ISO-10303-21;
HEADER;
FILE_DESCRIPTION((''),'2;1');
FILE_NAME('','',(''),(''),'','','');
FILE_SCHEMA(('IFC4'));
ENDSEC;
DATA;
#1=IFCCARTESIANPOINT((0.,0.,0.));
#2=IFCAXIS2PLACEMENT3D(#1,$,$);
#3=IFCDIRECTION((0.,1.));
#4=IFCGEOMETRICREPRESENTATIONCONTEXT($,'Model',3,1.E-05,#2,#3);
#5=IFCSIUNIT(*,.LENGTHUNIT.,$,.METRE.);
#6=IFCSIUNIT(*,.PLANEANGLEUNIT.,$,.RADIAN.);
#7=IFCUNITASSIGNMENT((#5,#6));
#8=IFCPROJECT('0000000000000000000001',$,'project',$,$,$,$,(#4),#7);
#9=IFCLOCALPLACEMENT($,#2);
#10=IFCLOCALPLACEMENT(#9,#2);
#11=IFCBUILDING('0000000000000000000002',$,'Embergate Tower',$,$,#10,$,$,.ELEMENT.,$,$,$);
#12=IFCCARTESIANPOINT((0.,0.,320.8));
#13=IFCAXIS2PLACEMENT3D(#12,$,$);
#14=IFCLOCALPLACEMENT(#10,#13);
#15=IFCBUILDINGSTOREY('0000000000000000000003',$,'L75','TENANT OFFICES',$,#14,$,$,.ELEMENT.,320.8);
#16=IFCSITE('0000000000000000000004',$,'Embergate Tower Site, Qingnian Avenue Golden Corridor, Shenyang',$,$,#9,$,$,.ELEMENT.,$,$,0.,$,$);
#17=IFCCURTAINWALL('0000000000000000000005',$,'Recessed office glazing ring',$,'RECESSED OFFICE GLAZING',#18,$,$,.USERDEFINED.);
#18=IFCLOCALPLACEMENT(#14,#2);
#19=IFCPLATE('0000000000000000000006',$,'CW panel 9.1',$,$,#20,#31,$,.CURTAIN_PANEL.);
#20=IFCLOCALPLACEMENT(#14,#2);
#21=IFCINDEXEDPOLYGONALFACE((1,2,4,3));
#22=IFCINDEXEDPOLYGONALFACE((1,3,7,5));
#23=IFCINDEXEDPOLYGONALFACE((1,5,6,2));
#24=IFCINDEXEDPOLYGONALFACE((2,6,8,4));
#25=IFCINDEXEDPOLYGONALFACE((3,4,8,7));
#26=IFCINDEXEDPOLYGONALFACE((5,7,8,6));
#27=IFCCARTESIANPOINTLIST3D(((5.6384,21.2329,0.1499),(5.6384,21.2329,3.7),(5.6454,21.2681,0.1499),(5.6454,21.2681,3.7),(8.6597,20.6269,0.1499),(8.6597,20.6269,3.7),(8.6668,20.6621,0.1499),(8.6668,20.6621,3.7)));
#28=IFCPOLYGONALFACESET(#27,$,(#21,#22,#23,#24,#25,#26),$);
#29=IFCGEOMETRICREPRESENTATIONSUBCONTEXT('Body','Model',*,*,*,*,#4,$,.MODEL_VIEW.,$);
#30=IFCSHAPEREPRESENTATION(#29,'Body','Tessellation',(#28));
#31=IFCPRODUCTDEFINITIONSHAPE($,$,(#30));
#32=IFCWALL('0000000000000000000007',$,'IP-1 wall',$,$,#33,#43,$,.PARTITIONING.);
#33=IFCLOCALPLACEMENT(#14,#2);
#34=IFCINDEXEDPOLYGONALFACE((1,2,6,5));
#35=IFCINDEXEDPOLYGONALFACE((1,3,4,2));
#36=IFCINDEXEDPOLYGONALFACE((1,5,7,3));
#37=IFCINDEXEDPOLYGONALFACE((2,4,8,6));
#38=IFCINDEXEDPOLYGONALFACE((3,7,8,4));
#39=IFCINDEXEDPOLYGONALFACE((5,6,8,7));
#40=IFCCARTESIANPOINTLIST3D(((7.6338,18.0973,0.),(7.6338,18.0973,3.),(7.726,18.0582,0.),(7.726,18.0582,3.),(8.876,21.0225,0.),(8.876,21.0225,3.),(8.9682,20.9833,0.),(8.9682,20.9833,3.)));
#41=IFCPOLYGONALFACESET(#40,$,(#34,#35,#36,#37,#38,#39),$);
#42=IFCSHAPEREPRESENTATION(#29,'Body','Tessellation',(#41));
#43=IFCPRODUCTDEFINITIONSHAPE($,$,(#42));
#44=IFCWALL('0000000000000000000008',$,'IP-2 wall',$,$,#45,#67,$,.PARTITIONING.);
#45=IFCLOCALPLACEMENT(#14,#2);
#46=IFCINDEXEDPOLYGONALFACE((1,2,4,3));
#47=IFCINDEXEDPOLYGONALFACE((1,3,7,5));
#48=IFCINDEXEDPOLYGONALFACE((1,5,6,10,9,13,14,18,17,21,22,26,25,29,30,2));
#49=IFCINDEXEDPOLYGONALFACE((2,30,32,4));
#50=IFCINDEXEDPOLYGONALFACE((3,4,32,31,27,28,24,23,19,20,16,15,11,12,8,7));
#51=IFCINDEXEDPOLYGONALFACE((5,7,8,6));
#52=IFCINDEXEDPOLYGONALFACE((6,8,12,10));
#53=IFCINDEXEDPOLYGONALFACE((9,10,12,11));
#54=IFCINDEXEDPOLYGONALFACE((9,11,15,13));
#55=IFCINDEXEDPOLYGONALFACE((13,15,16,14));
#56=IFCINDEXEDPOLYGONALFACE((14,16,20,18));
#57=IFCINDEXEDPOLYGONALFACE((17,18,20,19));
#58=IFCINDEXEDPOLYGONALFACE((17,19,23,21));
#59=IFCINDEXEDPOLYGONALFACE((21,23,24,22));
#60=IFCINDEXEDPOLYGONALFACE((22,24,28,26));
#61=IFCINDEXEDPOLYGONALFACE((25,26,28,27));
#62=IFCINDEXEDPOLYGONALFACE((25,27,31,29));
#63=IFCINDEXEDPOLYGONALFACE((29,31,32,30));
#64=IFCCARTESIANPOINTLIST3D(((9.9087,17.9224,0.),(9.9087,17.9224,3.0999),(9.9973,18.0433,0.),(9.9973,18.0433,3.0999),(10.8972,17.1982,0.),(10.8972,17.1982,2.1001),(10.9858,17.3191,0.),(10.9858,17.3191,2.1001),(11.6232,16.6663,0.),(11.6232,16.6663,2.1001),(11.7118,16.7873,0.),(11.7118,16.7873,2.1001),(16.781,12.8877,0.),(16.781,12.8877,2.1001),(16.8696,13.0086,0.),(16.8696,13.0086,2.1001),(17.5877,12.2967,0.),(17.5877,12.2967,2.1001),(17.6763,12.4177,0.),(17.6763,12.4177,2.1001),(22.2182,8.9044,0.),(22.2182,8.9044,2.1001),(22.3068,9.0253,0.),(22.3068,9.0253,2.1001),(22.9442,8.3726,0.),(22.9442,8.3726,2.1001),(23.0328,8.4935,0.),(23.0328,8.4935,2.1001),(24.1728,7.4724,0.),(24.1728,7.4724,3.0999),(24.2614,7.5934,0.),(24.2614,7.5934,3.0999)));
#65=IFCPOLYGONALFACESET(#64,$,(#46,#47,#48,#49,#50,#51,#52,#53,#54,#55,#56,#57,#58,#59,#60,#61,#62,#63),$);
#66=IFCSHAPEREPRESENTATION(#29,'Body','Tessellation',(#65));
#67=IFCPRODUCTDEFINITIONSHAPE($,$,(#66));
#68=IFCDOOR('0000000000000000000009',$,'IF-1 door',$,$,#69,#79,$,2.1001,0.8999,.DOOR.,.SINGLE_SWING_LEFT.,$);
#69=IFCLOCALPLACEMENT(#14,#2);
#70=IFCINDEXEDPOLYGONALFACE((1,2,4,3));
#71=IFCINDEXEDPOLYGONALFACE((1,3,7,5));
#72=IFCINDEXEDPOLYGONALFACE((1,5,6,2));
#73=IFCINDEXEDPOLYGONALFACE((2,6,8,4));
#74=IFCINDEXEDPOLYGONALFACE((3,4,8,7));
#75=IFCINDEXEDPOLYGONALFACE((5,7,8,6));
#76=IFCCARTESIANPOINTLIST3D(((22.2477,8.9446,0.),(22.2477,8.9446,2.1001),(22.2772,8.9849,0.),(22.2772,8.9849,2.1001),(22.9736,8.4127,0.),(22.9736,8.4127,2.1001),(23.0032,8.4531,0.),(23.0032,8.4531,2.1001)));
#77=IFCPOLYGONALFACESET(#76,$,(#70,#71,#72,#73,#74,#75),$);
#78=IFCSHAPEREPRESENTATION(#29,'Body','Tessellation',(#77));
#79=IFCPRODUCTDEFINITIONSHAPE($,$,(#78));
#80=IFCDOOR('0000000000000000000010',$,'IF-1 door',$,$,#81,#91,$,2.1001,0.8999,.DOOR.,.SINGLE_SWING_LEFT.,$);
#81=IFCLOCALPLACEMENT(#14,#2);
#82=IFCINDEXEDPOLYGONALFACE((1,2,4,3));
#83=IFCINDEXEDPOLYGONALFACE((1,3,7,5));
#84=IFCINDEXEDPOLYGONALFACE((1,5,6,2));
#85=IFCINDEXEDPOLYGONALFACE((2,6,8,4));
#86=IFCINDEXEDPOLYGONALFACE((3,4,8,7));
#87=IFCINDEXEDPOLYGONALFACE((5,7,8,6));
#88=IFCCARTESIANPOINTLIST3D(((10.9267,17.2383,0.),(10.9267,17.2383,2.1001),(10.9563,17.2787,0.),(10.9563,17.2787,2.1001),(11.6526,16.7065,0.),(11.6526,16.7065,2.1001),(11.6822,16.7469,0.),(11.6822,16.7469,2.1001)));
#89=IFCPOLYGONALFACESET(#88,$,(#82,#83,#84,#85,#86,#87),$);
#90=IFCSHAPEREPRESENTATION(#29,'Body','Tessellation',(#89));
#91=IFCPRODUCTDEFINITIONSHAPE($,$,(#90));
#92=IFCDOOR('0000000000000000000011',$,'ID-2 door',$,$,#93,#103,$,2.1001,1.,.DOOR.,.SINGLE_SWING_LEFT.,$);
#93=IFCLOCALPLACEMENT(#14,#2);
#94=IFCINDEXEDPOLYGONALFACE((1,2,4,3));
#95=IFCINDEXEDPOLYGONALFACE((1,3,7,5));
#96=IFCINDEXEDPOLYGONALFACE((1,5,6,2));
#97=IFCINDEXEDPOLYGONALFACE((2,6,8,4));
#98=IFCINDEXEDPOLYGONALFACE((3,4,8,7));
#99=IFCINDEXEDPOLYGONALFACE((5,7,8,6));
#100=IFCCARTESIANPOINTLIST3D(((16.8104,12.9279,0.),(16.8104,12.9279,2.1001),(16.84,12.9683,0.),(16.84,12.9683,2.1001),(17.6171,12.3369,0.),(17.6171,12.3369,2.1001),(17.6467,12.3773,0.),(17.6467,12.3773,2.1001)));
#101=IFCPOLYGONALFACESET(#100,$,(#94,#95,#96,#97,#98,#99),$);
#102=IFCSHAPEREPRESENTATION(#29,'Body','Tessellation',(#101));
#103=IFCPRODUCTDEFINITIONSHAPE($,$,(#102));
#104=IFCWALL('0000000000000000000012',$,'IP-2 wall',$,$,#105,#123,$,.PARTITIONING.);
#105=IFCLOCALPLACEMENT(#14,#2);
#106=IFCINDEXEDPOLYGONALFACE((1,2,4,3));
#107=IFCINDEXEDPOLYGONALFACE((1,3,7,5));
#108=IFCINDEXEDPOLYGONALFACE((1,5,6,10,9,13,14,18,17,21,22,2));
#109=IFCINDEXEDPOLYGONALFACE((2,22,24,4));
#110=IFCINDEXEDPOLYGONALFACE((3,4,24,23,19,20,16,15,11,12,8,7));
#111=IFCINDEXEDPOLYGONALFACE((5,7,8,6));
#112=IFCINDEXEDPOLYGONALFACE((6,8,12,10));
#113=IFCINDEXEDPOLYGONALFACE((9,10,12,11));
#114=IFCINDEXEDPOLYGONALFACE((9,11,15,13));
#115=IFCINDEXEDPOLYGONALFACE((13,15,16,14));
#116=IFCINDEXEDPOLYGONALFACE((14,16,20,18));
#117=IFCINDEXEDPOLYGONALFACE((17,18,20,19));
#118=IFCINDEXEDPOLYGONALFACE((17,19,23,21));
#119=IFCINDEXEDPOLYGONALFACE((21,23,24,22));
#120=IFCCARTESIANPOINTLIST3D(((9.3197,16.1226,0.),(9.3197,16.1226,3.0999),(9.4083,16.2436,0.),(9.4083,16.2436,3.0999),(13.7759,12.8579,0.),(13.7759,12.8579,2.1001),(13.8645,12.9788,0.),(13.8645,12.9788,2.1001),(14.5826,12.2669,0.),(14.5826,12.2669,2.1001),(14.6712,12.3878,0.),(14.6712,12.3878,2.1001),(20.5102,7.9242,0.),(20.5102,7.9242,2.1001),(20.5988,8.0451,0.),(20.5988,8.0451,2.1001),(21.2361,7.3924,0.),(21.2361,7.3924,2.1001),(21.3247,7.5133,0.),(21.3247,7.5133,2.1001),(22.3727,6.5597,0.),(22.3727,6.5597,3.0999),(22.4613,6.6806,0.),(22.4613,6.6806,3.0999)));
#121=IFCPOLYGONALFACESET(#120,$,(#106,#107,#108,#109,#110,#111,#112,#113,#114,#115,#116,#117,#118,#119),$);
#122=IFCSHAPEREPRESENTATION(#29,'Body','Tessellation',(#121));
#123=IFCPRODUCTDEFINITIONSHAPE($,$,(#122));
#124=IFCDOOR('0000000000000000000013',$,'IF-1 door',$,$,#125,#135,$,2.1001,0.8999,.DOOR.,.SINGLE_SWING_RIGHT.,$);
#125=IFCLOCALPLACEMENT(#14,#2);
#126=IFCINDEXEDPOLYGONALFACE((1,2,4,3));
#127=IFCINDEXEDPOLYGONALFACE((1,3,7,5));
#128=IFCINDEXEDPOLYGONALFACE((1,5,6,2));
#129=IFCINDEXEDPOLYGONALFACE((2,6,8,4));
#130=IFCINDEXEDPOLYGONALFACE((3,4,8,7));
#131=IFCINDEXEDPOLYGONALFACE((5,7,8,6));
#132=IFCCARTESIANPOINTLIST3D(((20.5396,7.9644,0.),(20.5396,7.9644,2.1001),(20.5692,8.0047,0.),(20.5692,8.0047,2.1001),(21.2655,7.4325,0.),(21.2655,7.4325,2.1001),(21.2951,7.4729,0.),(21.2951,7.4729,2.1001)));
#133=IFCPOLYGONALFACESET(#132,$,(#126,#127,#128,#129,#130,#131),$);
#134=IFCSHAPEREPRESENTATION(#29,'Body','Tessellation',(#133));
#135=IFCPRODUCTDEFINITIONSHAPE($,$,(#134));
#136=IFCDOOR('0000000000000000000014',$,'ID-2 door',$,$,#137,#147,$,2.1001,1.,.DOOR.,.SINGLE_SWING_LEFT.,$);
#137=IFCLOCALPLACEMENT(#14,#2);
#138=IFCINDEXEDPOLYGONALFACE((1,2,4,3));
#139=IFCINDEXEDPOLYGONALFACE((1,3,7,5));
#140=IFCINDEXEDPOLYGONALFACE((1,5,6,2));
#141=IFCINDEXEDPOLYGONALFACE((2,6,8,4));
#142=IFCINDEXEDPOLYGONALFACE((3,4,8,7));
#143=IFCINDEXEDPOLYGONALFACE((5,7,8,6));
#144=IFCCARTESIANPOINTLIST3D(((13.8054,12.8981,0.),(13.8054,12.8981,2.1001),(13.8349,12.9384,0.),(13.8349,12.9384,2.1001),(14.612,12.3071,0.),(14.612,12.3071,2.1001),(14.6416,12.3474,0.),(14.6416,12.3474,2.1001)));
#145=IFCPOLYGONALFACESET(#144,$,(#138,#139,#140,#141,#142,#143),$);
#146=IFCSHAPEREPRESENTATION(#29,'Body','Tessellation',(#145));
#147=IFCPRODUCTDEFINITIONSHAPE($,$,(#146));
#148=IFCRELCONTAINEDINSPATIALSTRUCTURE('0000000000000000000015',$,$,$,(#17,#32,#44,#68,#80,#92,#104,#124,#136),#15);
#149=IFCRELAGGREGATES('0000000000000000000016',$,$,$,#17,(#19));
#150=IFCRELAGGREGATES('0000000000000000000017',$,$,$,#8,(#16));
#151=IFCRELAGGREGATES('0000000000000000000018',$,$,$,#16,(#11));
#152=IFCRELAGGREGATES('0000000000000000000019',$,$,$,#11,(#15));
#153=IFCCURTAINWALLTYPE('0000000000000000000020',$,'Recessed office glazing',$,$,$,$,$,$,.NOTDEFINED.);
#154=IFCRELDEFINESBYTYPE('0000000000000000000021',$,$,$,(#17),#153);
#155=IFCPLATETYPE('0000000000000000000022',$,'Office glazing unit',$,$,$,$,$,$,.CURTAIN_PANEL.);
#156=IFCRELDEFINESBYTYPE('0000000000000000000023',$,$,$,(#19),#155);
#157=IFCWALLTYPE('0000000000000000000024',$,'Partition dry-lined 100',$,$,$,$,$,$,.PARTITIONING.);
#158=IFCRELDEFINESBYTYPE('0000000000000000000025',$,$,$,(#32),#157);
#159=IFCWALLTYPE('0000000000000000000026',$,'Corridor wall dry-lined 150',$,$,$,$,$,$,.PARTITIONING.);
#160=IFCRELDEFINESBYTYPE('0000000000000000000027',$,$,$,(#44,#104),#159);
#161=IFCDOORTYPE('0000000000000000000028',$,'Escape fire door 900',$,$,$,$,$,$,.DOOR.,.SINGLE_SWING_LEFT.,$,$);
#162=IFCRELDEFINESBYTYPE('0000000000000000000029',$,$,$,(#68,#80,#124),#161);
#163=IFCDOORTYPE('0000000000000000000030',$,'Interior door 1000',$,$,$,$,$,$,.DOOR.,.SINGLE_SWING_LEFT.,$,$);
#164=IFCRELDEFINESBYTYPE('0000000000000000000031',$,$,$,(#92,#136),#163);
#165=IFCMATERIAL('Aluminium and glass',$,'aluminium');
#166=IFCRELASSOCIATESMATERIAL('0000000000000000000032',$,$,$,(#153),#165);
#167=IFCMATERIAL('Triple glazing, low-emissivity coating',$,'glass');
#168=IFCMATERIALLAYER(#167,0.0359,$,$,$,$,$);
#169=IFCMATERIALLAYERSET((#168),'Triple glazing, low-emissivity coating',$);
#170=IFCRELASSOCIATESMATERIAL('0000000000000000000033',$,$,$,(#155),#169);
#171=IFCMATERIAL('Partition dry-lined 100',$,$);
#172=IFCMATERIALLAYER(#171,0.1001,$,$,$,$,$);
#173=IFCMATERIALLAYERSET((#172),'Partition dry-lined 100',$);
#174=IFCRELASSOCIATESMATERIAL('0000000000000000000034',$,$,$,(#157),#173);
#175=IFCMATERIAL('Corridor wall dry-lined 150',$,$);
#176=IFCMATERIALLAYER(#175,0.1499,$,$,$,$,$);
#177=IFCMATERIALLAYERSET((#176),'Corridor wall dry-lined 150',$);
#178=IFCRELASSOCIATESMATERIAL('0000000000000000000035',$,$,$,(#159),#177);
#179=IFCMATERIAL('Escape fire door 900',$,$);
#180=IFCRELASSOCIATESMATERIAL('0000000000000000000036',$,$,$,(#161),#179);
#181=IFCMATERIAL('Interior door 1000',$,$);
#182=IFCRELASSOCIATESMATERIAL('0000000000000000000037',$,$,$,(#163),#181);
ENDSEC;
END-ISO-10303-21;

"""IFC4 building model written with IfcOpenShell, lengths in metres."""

from ifc_helpers import new_model, si_unit, direction, frame, frame_2d, origin, origin_2d, place, context, subcontext, project, spatial, rectangle, extrude, source, transform, mapped, material, layer, layer_set, type_object, element, fill, aggregate, save


model = new_model("IFC4")

# Units and contexts
model_context = context("Model", 3, precision=1e-05, world=origin(), true_north=direction((0.0, 1.0)))
body_context = subcontext(model_context, "Body", "Model", "MODEL_VIEW")
ifc_project = project(units=[si_unit("LENGTHUNIT", "METRE"), si_unit("PLANEANGLEUNIT", "RADIAN")], contexts=[model_context])

# Site, building, storey
site_placement = place(None, origin())
site = spatial("IfcSite", under=ifc_project, at=site_placement, Name="Embergate Tower Site, Qingnian Avenue Golden Corridor, Shenyang", CompositionType="ELEMENT", RefElevation=0.0)
building_placement = place(site_placement, origin())
building = spatial("IfcBuilding", under=site, at=building_placement, Name="Embergate Tower", CompositionType="ELEMENT")
storey_placement = place(building_placement, frame((0.0, 0.0, 320.8)))
storey = spatial("IfcBuildingStorey", under=building, at=storey_placement, Name="L75", Description="TENANT OFFICES", CompositionType="ELEMENT", Elevation=320.8)

# Curtain wall, plate
ifc_material_1 = material(Name="Aluminium and glass", Category="aluminium")
curtain_wall_type = type_object("IfcCurtainWallType", Name="Recessed office glazing", PredefinedType="NOTDEFINED", material=ifc_material_1)
curtain_wall_placement = place(storey_placement, origin())
curtain_wall = element("IfcCurtainWall", 1, at=curtain_wall_placement, inside=storey, type_object=curtain_wall_type, Name="Recessed office glazing ring", ObjectType="RECESSED OFFICE GLAZING", PredefinedType="USERDEFINED")
ifc_material_2 = material(Name="Triple glazing, low-emissivity coating", Category="glass")
ifc_layer_1 = layer(ifc_material_2, 0.0359)
ifc_layer_set_1 = layer_set([ifc_layer_1], Name="Triple glazing, low-emissivity coating")
plate_type = type_object("IfcPlateType", Name="Office glazing unit", PredefinedType="CURTAIN_PANEL", material=ifc_layer_set_1)
shared_shape_1 = source(origin(), body_context, "Body", "SweptSolid", [
    extrude(rectangle(XDim=3.0815, YDim=0.0359, at=origin_2d()), origin(), (0.0, 0.0, 1.0), 3.55),
])
plate_1_placement = place(storey_placement, frame((7.1526, 20.9475, 0.1499), z_axis=(0.0, 0.0, 1.0), x_axis=(-0.980475, 0.196643, 0.0)))
plate_1 = element("IfcPlate", 2, at=plate_1_placement, type_object=plate_type, Name="CW panel 9.1", PredefinedType="CURTAIN_PANEL", context=body_context, shape_type="MappedRepresentation", body=[
    mapped(shared_shape_1, transform((0.0, 0.0, 0.0))),
])
aggregate(curtain_wall, [plate_1])

# Wall
ifc_material_3 = material(Name="Partition dry-lined 100")
ifc_layer_2 = layer(ifc_material_3, 0.1001)
ifc_layer_set_2 = layer_set([ifc_layer_2], Name="Partition dry-lined 100")
wall_type_1 = type_object("IfcWallType", Name="Partition dry-lined 100", PredefinedType="PARTITIONING", material=ifc_layer_set_2)
shared_shape_2 = source(origin(), body_context, "Body", "SweptSolid", [
    extrude(rectangle(XDim=3.178, YDim=0.1001, at=frame_2d((1.5889, 0.0))), origin(), (0.0, 0.0, 1.0), 3.0),
])
wall_1_placement = place(storey_placement, frame((7.6799, 18.0779, 0.0), z_axis=(0.0, 0.0, 1.0), x_axis=(0.390885, 0.920439, 0.0)))
element("IfcWall", 3, at=wall_1_placement, inside=storey, type_object=wall_type_1, Name="IP-1 wall", PredefinedType="PARTITIONING", context=body_context, shape_type="MappedRepresentation", body=[
    mapped(shared_shape_2, transform((0.0, 0.0, 0.0))),
])

# Walls, openings, doors
ifc_material_4 = material(Name="Corridor wall dry-lined 150")
ifc_layer_3 = layer(ifc_material_4, 0.1499)
ifc_layer_set_3 = layer_set([ifc_layer_3], Name="Corridor wall dry-lined 150")
wall_type_2 = type_object("IfcWallType", Name="Corridor wall dry-lined 150", PredefinedType="PARTITIONING", material=ifc_layer_set_3)
shared_shape_3 = source(origin(), body_context, "Body", "SweptSolid", [
    extrude(rectangle(XDim=17.6824, YDim=0.1499, at=frame_2d((8.8413, 0.0))), origin(), (0.0, 0.0, 1.0), 3.0999),
])
wall_2_placement = place(storey_placement, frame((9.9529, 17.9829, 0.0), z_axis=(0.0, 0.0, 1.0), x_axis=(0.806686, -0.59098, 0.0)))
wall_2 = element("IfcWall", 4, at=wall_2_placement, inside=storey, type_object=wall_type_2, Name="IP-2 wall", PredefinedType="PARTITIONING", context=body_context, shape_type="MappedRepresentation", body=[
    mapped(shared_shape_3, transform((0.0, 0.0, 0.0))),
])
shared_shape_4 = source(origin(), body_context, "Body", "SweptSolid", [
    extrude(rectangle(XDim=0.8999, YDim=2.1001, at=frame_2d((0.45, 1.05))), frame((0.0, 0.085, 0.0), z_axis=(0.0, -1.0, 0.0), x_axis=(1.0, 0.0, 0.0)), (0.0, 0.0, 1.0), 0.1699),
])
opening_1_placement = place(wall_2_placement, frame((15.2595, 0.0, 0.0)))
opening_1 = element("IfcOpeningElement", 5, at=opening_1_placement, cuts=wall_2, PredefinedType="OPENING", context=body_context, shape_type="MappedRepresentation", body=[
    mapped(shared_shape_4, transform((0.0, 0.0, 0.0))),
])
shared_shape_5 = source(origin(), body_context, "Body", "SweptSolid", [
    extrude(rectangle(XDim=1.0, YDim=2.1001, at=frame_2d((0.5, 1.05))), frame((0.0, 0.085, 0.0), z_axis=(0.0, -1.0, 0.0), x_axis=(1.0, 0.0, 0.0)), (0.0, 0.0, 1.0), 0.1699),
])
opening_2_placement = place(wall_2_placement, frame((8.5193, 0.0, 0.0)))
opening_2 = element("IfcOpeningElement", 6, at=opening_2_placement, cuts=wall_2, PredefinedType="OPENING", context=body_context, shape_type="MappedRepresentation", body=[
    mapped(shared_shape_5, transform((0.0, 0.0, 0.0))),
])
opening_3_placement = place(wall_2_placement, frame((1.2256, 0.0, 0.0)))
opening_3 = element("IfcOpeningElement", 7, at=opening_3_placement, cuts=wall_2, PredefinedType="OPENING", context=body_context, shape_type="MappedRepresentation", body=[
    mapped(shared_shape_4, transform((0.0, 0.0, 0.0))),
])
ifc_material_5 = material(Name="Escape fire door 900")
door_type_1 = type_object("IfcDoorType", Name="Escape fire door 900", OperationType="SINGLE_SWING_LEFT", PredefinedType="DOOR", material=ifc_material_5)
shared_shape_6 = source(origin(), body_context, "Body", "SweptSolid", [
    extrude(rectangle(XDim=0.8999, YDim=2.1001, at=frame_2d((0.45, 1.05))), frame((0.0, 0.0249, 0.0), z_axis=(0.0, -1.0, 0.0), x_axis=(1.0, 0.0, 0.0)), (0.0, 0.0, 1.0), 0.05),
])
door_1_placement = place(opening_1_placement, origin())
door_1 = element("IfcDoor", 8, at=door_1_placement, inside=storey, type_object=door_type_1, Name="IF-1 door", OperationType="SINGLE_SWING_LEFT", OverallHeight=2.1001, OverallWidth=0.8999, PredefinedType="DOOR", context=body_context, shape_type="MappedRepresentation", body=[
    mapped(shared_shape_6, transform((0.0, 0.0, 0.0))),
])
fill(opening_1, door_1)
door_2_placement = place(opening_3_placement, origin())
door_2 = element("IfcDoor", 9, at=door_2_placement, inside=storey, type_object=door_type_1, Name="IF-1 door", OperationType="SINGLE_SWING_LEFT", OverallHeight=2.1001, OverallWidth=0.8999, PredefinedType="DOOR", context=body_context, shape_type="MappedRepresentation", body=[
    mapped(shared_shape_6, transform((0.0, 0.0, 0.0))),
])
fill(opening_3, door_2)
ifc_material_6 = material(Name="Interior door 1000")
door_type_2 = type_object("IfcDoorType", Name="Interior door 1000", OperationType="SINGLE_SWING_LEFT", PredefinedType="DOOR", material=ifc_material_6)
shared_shape_7 = source(origin(), body_context, "Body", "SweptSolid", [
    extrude(rectangle(XDim=1.0, YDim=2.1001, at=frame_2d((0.5, 1.05))), frame((0.0, 0.0249, 0.0), z_axis=(0.0, -1.0, 0.0), x_axis=(1.0, 0.0, 0.0)), (0.0, 0.0, 1.0), 0.05),
])
door_3_placement = place(opening_2_placement, origin())
door_3 = element("IfcDoor", 10, at=door_3_placement, inside=storey, type_object=door_type_2, Name="ID-2 door", OperationType="SINGLE_SWING_LEFT", OverallHeight=2.1001, OverallWidth=1.0, PredefinedType="DOOR", context=body_context, shape_type="MappedRepresentation", body=[
    mapped(shared_shape_7, transform((0.0, 0.0, 0.0))),
])
fill(opening_2, door_3)
shared_shape_8 = source(origin(), body_context, "Body", "SweptSolid", [
    extrude(rectangle(XDim=16.1812, YDim=0.1499, at=frame_2d((8.0906, 0.0))), origin(), (0.0, 0.0, 1.0), 3.0999),
])
wall_3_placement = place(storey_placement, frame((9.364, 16.1831, 0.0), z_axis=(0.0, 0.0, 1.0), x_axis=(0.806676, -0.590994, 0.0)))
wall_3 = element("IfcWall", 11, at=wall_3_placement, inside=storey, type_object=wall_type_2, Name="IP-2 wall", PredefinedType="PARTITIONING", context=body_context, shape_type="MappedRepresentation", body=[
    mapped(shared_shape_8, transform((0.0, 0.0, 0.0))),
])
opening_4_placement = place(wall_3_placement, frame((13.8723, 0.0, 0.0)))
opening_4 = element("IfcOpeningElement", 12, at=opening_4_placement, cuts=wall_3, PredefinedType="OPENING", context=body_context, shape_type="MappedRepresentation", body=[
    mapped(shared_shape_4, transform((0.0, 0.0, 0.0))),
])
opening_5_placement = place(wall_3_placement, frame((5.5242, 0.0, 0.0)))
opening_5 = element("IfcOpeningElement", 13, at=opening_5_placement, cuts=wall_3, PredefinedType="OPENING", context=body_context, shape_type="MappedRepresentation", body=[
    mapped(shared_shape_5, transform((0.0, 0.0, 0.0))),
])
door_4_placement = place(opening_4_placement, origin())
door_4 = element("IfcDoor", 14, at=door_4_placement, inside=storey, type_object=door_type_1, Name="IF-1 door", OperationType="SINGLE_SWING_RIGHT", OverallHeight=2.1001, OverallWidth=0.8999, PredefinedType="DOOR", context=body_context, shape_type="MappedRepresentation", body=[
    mapped(shared_shape_6, transform((0.0, 0.0, 0.0))),
])
fill(opening_4, door_4)
door_5_placement = place(opening_5_placement, origin())
door_5 = element("IfcDoor", 15, at=door_5_placement, inside=storey, type_object=door_type_2, Name="ID-2 door", OperationType="SINGLE_SWING_LEFT", OverallHeight=2.1001, OverallWidth=1.0, PredefinedType="DOOR", context=body_context, shape_type="MappedRepresentation", body=[
    mapped(shared_shape_7, transform((0.0, 0.0, 0.0))),
])
fill(opening_5, door_5)

save(model, "model.ifc")
